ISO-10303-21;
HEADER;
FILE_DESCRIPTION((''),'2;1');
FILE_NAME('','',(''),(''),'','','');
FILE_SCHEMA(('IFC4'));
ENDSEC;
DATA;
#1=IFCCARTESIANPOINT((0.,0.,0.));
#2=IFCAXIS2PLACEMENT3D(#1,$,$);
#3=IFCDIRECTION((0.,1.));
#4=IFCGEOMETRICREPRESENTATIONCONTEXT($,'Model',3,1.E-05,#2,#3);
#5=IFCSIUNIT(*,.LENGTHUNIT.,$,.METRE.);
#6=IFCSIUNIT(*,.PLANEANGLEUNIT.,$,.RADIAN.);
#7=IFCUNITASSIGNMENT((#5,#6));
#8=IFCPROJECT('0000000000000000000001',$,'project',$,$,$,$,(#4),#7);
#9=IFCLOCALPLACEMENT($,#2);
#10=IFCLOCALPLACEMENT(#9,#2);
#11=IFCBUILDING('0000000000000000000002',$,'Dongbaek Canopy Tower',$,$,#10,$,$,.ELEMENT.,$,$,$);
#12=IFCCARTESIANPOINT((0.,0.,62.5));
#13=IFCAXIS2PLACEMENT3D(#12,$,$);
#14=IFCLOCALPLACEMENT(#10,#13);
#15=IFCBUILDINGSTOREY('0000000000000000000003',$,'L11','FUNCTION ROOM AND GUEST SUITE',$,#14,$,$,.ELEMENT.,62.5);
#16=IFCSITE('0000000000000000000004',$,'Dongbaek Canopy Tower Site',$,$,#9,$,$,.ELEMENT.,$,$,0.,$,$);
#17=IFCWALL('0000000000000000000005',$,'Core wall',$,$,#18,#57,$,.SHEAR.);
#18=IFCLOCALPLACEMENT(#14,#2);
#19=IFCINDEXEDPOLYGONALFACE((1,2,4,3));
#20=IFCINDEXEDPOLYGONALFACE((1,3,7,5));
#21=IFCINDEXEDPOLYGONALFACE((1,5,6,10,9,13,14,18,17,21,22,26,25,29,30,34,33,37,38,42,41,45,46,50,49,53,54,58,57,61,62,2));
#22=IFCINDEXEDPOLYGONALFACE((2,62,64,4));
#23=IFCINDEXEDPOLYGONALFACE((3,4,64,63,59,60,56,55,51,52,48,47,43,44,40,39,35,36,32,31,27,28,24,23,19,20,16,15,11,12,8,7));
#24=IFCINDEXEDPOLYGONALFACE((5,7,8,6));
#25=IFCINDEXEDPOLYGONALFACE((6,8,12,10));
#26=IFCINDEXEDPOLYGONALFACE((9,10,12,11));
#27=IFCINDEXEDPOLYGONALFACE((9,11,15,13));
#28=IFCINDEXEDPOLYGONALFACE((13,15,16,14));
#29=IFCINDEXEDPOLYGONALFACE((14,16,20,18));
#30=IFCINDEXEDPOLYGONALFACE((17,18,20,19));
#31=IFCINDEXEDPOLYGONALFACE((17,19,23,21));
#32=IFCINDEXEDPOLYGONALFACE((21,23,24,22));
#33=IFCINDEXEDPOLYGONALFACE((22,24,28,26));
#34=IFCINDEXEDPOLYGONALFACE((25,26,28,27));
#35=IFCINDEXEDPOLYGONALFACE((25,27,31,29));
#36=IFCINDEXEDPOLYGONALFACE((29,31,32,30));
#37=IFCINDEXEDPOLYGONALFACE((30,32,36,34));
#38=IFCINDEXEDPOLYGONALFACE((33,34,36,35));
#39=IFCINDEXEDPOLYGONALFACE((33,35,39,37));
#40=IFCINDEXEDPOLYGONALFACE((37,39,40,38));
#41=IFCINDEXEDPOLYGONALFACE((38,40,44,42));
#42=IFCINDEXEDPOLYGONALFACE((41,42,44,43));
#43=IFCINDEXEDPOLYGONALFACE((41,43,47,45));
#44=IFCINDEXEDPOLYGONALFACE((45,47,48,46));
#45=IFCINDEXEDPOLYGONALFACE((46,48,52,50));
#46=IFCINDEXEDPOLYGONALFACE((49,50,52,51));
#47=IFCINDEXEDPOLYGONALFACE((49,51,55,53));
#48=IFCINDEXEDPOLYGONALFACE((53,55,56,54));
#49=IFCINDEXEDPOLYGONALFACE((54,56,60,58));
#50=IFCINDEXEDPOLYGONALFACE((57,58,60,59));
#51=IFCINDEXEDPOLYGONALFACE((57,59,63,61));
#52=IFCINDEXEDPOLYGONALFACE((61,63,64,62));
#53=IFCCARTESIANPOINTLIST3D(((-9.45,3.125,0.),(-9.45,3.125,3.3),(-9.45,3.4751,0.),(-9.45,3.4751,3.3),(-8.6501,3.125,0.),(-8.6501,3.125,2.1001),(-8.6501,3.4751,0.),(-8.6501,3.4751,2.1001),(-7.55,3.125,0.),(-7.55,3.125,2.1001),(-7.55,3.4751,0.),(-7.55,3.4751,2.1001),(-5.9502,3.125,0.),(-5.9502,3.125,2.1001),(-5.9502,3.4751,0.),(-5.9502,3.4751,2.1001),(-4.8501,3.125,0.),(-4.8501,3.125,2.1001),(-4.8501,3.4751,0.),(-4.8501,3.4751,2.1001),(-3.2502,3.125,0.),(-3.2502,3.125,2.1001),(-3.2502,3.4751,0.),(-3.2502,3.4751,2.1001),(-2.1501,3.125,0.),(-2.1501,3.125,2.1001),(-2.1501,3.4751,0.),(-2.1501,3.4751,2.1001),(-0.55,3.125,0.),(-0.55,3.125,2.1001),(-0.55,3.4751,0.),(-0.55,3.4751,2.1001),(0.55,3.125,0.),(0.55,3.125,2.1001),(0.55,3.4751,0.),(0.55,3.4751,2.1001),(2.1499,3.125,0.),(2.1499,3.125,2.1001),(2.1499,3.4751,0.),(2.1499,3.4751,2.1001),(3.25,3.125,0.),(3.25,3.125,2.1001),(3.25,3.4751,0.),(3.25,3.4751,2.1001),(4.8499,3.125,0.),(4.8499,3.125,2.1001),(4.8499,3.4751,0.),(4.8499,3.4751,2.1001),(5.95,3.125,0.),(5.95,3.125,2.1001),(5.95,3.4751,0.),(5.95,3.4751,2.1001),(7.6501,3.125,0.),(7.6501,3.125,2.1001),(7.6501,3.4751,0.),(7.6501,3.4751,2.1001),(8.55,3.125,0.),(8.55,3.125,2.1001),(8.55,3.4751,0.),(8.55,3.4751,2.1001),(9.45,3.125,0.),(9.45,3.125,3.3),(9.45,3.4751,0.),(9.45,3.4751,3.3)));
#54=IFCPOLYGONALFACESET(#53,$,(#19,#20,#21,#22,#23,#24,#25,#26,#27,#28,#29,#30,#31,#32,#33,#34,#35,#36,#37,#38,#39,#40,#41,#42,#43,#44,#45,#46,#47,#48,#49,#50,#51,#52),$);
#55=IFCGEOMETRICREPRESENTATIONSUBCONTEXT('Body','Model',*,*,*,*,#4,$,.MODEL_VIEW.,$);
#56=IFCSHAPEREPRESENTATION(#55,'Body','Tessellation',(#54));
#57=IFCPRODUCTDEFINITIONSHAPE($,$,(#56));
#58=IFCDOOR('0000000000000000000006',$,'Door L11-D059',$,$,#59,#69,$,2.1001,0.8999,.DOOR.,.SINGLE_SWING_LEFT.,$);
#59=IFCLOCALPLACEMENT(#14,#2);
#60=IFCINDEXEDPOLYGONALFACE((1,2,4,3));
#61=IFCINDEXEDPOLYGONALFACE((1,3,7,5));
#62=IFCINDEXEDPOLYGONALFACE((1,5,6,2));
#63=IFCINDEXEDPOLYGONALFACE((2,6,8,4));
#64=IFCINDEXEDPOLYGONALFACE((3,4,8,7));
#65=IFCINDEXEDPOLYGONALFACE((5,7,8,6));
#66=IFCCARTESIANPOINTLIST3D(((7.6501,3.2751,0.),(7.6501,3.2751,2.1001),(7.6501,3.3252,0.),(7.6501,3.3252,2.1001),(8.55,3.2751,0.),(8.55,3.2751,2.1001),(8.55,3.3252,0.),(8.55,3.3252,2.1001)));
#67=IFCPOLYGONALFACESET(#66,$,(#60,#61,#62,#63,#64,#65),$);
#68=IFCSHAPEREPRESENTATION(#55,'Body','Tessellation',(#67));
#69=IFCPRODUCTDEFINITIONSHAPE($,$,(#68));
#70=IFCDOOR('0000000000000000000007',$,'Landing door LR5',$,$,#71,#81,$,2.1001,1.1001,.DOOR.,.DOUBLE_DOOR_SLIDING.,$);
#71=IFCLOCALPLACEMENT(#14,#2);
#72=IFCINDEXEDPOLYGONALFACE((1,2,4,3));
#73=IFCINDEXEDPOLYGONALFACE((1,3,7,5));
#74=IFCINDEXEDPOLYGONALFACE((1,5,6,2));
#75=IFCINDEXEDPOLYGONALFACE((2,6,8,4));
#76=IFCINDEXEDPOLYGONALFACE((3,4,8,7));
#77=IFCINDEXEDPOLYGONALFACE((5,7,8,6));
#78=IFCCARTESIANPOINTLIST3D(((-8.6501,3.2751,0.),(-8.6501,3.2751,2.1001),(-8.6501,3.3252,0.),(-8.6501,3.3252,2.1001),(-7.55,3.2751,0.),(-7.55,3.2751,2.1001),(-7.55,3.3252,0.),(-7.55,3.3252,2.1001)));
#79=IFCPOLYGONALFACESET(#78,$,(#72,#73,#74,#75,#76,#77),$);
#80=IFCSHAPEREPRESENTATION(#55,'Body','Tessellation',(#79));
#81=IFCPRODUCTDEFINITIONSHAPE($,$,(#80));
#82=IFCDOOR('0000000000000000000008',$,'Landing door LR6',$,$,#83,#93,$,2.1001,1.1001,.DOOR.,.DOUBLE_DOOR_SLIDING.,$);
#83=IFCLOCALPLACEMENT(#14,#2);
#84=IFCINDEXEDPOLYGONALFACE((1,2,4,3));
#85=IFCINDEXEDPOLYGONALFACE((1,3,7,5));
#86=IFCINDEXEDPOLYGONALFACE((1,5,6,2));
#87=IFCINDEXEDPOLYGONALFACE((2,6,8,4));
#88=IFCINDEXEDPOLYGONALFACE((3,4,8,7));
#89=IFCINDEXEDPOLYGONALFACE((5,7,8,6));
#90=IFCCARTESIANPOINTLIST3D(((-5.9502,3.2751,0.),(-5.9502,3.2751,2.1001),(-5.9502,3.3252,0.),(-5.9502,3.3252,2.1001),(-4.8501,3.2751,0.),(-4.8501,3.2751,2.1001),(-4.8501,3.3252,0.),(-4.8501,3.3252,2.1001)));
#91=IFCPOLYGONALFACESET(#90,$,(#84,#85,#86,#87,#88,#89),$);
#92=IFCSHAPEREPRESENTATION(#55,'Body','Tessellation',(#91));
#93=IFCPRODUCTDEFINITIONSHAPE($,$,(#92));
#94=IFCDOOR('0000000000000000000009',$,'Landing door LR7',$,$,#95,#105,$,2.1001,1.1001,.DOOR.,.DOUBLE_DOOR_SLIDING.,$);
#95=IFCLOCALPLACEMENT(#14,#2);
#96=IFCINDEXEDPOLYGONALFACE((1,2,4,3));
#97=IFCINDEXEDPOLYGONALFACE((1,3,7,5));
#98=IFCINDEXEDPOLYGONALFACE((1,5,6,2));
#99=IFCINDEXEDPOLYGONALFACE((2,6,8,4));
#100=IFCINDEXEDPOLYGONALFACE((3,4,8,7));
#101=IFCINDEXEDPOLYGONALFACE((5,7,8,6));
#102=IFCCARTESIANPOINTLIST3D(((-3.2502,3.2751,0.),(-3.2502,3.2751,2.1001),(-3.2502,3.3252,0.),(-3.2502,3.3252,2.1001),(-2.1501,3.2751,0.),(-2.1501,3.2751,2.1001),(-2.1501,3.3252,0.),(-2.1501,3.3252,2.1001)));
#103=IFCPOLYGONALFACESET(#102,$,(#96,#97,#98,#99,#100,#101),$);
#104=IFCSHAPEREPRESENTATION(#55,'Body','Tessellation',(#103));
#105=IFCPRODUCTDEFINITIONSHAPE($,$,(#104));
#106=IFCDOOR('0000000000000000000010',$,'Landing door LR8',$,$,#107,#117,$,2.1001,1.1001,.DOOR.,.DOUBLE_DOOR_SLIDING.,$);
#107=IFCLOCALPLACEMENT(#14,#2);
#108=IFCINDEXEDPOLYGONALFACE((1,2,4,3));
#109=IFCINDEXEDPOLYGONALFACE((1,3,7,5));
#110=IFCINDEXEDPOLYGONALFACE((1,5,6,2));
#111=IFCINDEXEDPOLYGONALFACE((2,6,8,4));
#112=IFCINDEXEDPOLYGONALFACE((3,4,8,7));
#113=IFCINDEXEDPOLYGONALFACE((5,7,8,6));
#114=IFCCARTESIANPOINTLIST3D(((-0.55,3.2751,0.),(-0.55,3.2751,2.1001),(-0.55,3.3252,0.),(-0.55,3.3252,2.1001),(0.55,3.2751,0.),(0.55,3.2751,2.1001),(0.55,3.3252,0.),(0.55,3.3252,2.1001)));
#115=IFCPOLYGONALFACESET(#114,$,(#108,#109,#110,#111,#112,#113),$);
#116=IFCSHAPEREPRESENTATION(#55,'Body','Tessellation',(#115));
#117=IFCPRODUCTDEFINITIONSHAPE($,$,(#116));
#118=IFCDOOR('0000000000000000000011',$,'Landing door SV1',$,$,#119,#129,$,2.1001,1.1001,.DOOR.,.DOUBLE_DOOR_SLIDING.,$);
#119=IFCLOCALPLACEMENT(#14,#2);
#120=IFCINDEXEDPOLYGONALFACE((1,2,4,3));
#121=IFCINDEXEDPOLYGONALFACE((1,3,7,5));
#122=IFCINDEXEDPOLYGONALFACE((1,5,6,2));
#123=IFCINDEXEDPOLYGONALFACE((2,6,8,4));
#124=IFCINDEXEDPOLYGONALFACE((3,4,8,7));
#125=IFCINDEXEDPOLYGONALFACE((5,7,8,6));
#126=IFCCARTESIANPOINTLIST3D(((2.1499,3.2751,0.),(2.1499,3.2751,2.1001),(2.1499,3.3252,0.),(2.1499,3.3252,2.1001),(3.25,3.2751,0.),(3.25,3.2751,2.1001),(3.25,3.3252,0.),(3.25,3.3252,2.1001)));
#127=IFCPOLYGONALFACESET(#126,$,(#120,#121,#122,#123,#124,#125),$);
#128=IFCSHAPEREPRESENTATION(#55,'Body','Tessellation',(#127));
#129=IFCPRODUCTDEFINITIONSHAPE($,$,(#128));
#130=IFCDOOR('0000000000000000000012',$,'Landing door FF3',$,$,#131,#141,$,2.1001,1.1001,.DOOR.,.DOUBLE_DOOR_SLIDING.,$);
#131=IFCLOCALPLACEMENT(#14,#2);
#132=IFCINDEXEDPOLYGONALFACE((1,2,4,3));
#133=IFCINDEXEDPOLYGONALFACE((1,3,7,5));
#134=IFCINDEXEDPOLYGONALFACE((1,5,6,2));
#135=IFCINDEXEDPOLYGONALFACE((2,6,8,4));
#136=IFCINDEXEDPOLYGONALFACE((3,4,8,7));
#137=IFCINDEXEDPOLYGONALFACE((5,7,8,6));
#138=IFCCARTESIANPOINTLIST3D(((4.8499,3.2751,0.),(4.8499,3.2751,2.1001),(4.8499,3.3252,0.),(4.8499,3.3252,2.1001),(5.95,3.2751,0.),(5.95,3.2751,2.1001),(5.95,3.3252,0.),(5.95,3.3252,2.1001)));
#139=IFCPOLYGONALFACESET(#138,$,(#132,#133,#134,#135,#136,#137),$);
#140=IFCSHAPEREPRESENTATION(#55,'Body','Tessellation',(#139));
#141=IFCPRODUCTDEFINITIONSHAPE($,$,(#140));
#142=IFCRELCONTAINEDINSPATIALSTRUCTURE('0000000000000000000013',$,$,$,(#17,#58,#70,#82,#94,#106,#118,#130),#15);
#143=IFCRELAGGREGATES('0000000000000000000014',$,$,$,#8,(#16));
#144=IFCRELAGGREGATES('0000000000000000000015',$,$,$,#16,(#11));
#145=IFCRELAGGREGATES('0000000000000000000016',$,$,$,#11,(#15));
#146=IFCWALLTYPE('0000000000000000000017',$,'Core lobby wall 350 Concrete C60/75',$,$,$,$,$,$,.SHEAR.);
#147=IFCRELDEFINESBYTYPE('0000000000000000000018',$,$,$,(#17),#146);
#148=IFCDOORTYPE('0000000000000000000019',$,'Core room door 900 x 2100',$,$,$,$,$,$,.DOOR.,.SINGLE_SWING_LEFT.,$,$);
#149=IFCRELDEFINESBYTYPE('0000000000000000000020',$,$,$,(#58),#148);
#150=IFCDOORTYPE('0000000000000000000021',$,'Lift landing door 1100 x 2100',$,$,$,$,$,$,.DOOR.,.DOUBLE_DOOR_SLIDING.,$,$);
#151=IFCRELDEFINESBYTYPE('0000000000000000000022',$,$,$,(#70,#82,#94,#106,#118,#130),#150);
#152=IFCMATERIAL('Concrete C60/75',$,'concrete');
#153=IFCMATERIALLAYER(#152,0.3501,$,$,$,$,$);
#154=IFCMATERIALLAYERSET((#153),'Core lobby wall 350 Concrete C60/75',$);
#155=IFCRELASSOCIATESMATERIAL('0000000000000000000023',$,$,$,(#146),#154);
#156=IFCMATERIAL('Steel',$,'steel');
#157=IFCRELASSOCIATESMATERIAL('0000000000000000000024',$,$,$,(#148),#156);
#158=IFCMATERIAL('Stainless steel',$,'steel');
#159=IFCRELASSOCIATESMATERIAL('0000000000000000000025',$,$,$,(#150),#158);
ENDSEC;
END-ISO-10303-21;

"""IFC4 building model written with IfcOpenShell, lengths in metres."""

from ifc_helpers import new_model, si_unit, direction, frame, frame_2d, origin, place, context, subcontext, project, spatial, rectangle, extrude, material, layer, layer_set, type_object, element, fill, save


model = new_model("IFC4")

# Units and contexts
model_context = context("Model", 3, precision=1e-05, world=origin(), true_north=direction((0.0, 1.0)))
body_context = subcontext(model_context, "Body", "Model", "MODEL_VIEW")
ifc_project = project(units=[si_unit("LENGTHUNIT", "METRE"), si_unit("PLANEANGLEUNIT", "RADIAN")], contexts=[model_context])

# Site, building, storey
site_placement = place(None, origin())
site = spatial("IfcSite", under=ifc_project, at=site_placement, Name="Dongbaek Canopy Tower Site", CompositionType="ELEMENT", RefElevation=0.0)
building_placement = place(site_placement, origin())
building = spatial("IfcBuilding", under=site, at=building_placement, Name="Dongbaek Canopy Tower", CompositionType="ELEMENT")
storey_placement = place(building_placement, frame((0.0, 0.0, 62.5)))
storey = spatial("IfcBuildingStorey", under=building, at=storey_placement, Name="L11", Description="FUNCTION ROOM AND GUEST SUITE", CompositionType="ELEMENT", Elevation=62.5)

# Wall, openings, doors
ifc_material_1 = material(Name="Concrete C60/75", Category="concrete")
ifc_layer_1 = layer(ifc_material_1, 0.3501)
ifc_layer_set_1 = layer_set([ifc_layer_1], Name="Core lobby wall 350 Concrete C60/75")
wall_type_1 = type_object("IfcWallType", Name="Core lobby wall 350 Concrete C60/75", PredefinedType="SHEAR", material=ifc_layer_set_1)
wall_1_placement = place(storey_placement, frame((9.45, 3.3, 0.0), z_axis=(0.0, 0.0, 1.0), x_axis=(-1.0, 0.0, 0.0)))
wall_1 = element("IfcWall", 1, at=wall_1_placement, inside=storey, type_object=wall_type_1, Name="Core wall", PredefinedType="SHEAR", context=body_context, shape_type="SweptSolid", body=[
    extrude(rectangle(XDim=18.8999, YDim=0.3501, at=frame_2d((9.45, 0.0))), origin(), (0.0, 0.0, 1.0), 3.3),
])
opening_1_placement = place(wall_1_placement, frame((17.0, 0.0, 0.0)))
opening_1 = element("IfcOpeningElement", 2, at=opening_1_placement, cuts=wall_1, PredefinedType="OPENING", context=body_context, shape_type="SweptSolid", body=[
    extrude(rectangle(XDim=1.1001, YDim=2.1001, at=frame_2d((0.55, 1.05))), frame((0.0, 0.1851, 0.0), z_axis=(0.0, -1.0, 0.0), x_axis=(1.0, 0.0, 0.0)), (0.0, 0.0, 1.0), 0.3701),
])
opening_2_placement = place(wall_1_placement, frame((14.3, 0.0, 0.0)))
opening_2 = element("IfcOpeningElement", 3, at=opening_2_placement, cuts=wall_1, PredefinedType="OPENING", context=body_context, shape_type="SweptSolid", body=[
    extrude(rectangle(XDim=1.1001, YDim=2.1001, at=frame_2d((0.55, 1.05))), frame((0.0, 0.1851, 0.0), z_axis=(0.0, -1.0, 0.0), x_axis=(1.0, 0.0, 0.0)), (0.0, 0.0, 1.0), 0.3701),
])
opening_3_placement = place(wall_1_placement, frame((11.6001, 0.0, 0.0)))
opening_3 = element("IfcOpeningElement", 4, at=opening_3_placement, cuts=wall_1, PredefinedType="OPENING", context=body_context, shape_type="SweptSolid", body=[
    extrude(rectangle(XDim=1.1001, YDim=2.1001, at=frame_2d((0.55, 1.05))), frame((0.0, 0.1851, 0.0), z_axis=(0.0, -1.0, 0.0), x_axis=(1.0, 0.0, 0.0)), (0.0, 0.0, 1.0), 0.3701),
])
opening_4_placement = place(wall_1_placement, frame((8.8999, 0.0, 0.0)))
opening_4 = element("IfcOpeningElement", 5, at=opening_4_placement, cuts=wall_1, PredefinedType="OPENING", context=body_context, shape_type="SweptSolid", body=[
    extrude(rectangle(XDim=1.1001, YDim=2.1001, at=frame_2d((0.55, 1.05))), frame((0.0, 0.1851, 0.0), z_axis=(0.0, -1.0, 0.0), x_axis=(1.0, 0.0, 0.0)), (0.0, 0.0, 1.0), 0.3701),
])
opening_5_placement = place(wall_1_placement, frame((6.2, 0.0, 0.0)))
opening_5 = element("IfcOpeningElement", 6, at=opening_5_placement, cuts=wall_1, PredefinedType="OPENING", context=body_context, shape_type="SweptSolid", body=[
    extrude(rectangle(XDim=1.1001, YDim=2.1001, at=frame_2d((0.55, 1.05))), frame((0.0, 0.1851, 0.0), z_axis=(0.0, -1.0, 0.0), x_axis=(1.0, 0.0, 0.0)), (0.0, 0.0, 1.0), 0.3701),
])
opening_6_placement = place(wall_1_placement, frame((3.5, 0.0, 0.0)))
opening_6 = element("IfcOpeningElement", 7, at=opening_6_placement, cuts=wall_1, PredefinedType="OPENING", context=body_context, shape_type="SweptSolid", body=[
    extrude(rectangle(XDim=1.1001, YDim=2.1001, at=frame_2d((0.55, 1.05))), frame((0.0, 0.1851, 0.0), z_axis=(0.0, -1.0, 0.0), x_axis=(1.0, 0.0, 0.0)), (0.0, 0.0, 1.0), 0.3701),
])
opening_7_placement = place(wall_1_placement, frame((0.8999, 0.0, 0.0)))
opening_7 = element("IfcOpeningElement", 8, at=opening_7_placement, cuts=wall_1, PredefinedType="OPENING", context=body_context, shape_type="SweptSolid", body=[
    extrude(rectangle(XDim=0.8999, YDim=2.1001, at=frame_2d((0.45, 1.05))), frame((0.0, 0.1851, 0.0), z_axis=(0.0, -1.0, 0.0), x_axis=(1.0, 0.0, 0.0)), (0.0, 0.0, 1.0), 0.3701),
])
ifc_material_2 = material(Name="Steel", Category="steel")
door_type_1 = type_object("IfcDoorType", Name="Core room door 900 x 2100", OperationType="SINGLE_SWING_LEFT", PredefinedType="DOOR", material=ifc_material_2)
door_1_placement = place(opening_7_placement, origin())
door_1 = element("IfcDoor", 9, at=door_1_placement, inside=storey, type_object=door_type_1, Name="Door L11-D059", OperationType="SINGLE_SWING_LEFT", OverallHeight=2.1001, OverallWidth=0.8999, PredefinedType="DOOR", context=body_context, shape_type="SweptSolid", body=[
    extrude(rectangle(XDim=0.8999, YDim=2.1001, at=frame_2d((0.45, 1.05))), frame((0.0, 0.0249, 0.0), z_axis=(0.0, -1.0, 0.0), x_axis=(1.0, 0.0, 0.0)), (0.0, 0.0, 1.0), 0.05),
])
fill(opening_7, door_1)
ifc_material_3 = material(Name="Stainless steel", Category="steel")
door_type_2 = type_object("IfcDoorType", Name="Lift landing door 1100 x 2100", OperationType="DOUBLE_DOOR_SLIDING", PredefinedType="DOOR", material=ifc_material_3)
door_2_placement = place(opening_1_placement, origin())
door_2 = element("IfcDoor", 10, at=door_2_placement, inside=storey, type_object=door_type_2, Name="Landing door LR5", OperationType="DOUBLE_DOOR_SLIDING", OverallHeight=2.1001, OverallWidth=1.1001, PredefinedType="DOOR", context=body_context, shape_type="SweptSolid", body=[
    extrude(rectangle(XDim=1.1001, YDim=2.1001, at=frame_2d((0.55, 1.05))), frame((0.0, 0.0249, 0.0), z_axis=(0.0, -1.0, 0.0), x_axis=(1.0, 0.0, 0.0)), (0.0, 0.0, 1.0), 0.05),
])
fill(opening_1, door_2)
door_3_placement = place(opening_2_placement, origin())
door_3 = element("IfcDoor", 11, at=door_3_placement, inside=storey, type_object=door_type_2, Name="Landing door LR6", OperationType="DOUBLE_DOOR_SLIDING", OverallHeight=2.1001, OverallWidth=1.1001, PredefinedType="DOOR", context=body_context, shape_type="SweptSolid", body=[
    extrude(rectangle(XDim=1.1001, YDim=2.1001, at=frame_2d((0.55, 1.05))), frame((0.0, 0.0249, 0.0), z_axis=(0.0, -1.0, 0.0), x_axis=(1.0, 0.0, 0.0)), (0.0, 0.0, 1.0), 0.05),
])
fill(opening_2, door_3)
door_4_placement = place(opening_3_placement, origin())
door_4 = element("IfcDoor", 12, at=door_4_placement, inside=storey, type_object=door_type_2, Name="Landing door LR7", OperationType="DOUBLE_DOOR_SLIDING", OverallHeight=2.1001, OverallWidth=1.1001, PredefinedType="DOOR", context=body_context, shape_type="SweptSolid", body=[
    extrude(rectangle(XDim=1.1001, YDim=2.1001, at=frame_2d((0.55, 1.05))), frame((0.0, 0.0249, 0.0), z_axis=(0.0, -1.0, 0.0), x_axis=(1.0, 0.0, 0.0)), (0.0, 0.0, 1.0), 0.05),
])
fill(opening_3, door_4)
door_5_placement = place(opening_4_placement, origin())
door_5 = element("IfcDoor", 13, at=door_5_placement, inside=storey, type_object=door_type_2, Name="Landing door LR8", OperationType="DOUBLE_DOOR_SLIDING", OverallHeight=2.1001, OverallWidth=1.1001, PredefinedType="DOOR", context=body_context, shape_type="SweptSolid", body=[
    extrude(rectangle(XDim=1.1001, YDim=2.1001, at=frame_2d((0.55, 1.05))), frame((0.0, 0.0249, 0.0), z_axis=(0.0, -1.0, 0.0), x_axis=(1.0, 0.0, 0.0)), (0.0, 0.0, 1.0), 0.05),
])
fill(opening_4, door_5)
door_6_placement = place(opening_5_placement, origin())
door_6 = element("IfcDoor", 14, at=door_6_placement, inside=storey, type_object=door_type_2, Name="Landing door SV1", OperationType="DOUBLE_DOOR_SLIDING", OverallHeight=2.1001, OverallWidth=1.1001, PredefinedType="DOOR", context=body_context, shape_type="SweptSolid", body=[
    extrude(rectangle(XDim=1.1001, YDim=2.1001, at=frame_2d((0.55, 1.05))), frame((0.0, 0.0249, 0.0), z_axis=(0.0, -1.0, 0.0), x_axis=(1.0, 0.0, 0.0)), (0.0, 0.0, 1.0), 0.05),
])
fill(opening_5, door_6)
door_7_placement = place(opening_6_placement, origin())
door_7 = element("IfcDoor", 15, at=door_7_placement, inside=storey, type_object=door_type_2, Name="Landing door FF3", OperationType="DOUBLE_DOOR_SLIDING", OverallHeight=2.1001, OverallWidth=1.1001, PredefinedType="DOOR", context=body_context, shape_type="SweptSolid", body=[
    extrude(rectangle(XDim=1.1001, YDim=2.1001, at=frame_2d((0.55, 1.05))), frame((0.0, 0.0249, 0.0), z_axis=(0.0, -1.0, 0.0), x_axis=(1.0, 0.0, 0.0)), (0.0, 0.0, 1.0), 0.05),
])
fill(opening_6, door_7)

save(model, "model.ifc")
